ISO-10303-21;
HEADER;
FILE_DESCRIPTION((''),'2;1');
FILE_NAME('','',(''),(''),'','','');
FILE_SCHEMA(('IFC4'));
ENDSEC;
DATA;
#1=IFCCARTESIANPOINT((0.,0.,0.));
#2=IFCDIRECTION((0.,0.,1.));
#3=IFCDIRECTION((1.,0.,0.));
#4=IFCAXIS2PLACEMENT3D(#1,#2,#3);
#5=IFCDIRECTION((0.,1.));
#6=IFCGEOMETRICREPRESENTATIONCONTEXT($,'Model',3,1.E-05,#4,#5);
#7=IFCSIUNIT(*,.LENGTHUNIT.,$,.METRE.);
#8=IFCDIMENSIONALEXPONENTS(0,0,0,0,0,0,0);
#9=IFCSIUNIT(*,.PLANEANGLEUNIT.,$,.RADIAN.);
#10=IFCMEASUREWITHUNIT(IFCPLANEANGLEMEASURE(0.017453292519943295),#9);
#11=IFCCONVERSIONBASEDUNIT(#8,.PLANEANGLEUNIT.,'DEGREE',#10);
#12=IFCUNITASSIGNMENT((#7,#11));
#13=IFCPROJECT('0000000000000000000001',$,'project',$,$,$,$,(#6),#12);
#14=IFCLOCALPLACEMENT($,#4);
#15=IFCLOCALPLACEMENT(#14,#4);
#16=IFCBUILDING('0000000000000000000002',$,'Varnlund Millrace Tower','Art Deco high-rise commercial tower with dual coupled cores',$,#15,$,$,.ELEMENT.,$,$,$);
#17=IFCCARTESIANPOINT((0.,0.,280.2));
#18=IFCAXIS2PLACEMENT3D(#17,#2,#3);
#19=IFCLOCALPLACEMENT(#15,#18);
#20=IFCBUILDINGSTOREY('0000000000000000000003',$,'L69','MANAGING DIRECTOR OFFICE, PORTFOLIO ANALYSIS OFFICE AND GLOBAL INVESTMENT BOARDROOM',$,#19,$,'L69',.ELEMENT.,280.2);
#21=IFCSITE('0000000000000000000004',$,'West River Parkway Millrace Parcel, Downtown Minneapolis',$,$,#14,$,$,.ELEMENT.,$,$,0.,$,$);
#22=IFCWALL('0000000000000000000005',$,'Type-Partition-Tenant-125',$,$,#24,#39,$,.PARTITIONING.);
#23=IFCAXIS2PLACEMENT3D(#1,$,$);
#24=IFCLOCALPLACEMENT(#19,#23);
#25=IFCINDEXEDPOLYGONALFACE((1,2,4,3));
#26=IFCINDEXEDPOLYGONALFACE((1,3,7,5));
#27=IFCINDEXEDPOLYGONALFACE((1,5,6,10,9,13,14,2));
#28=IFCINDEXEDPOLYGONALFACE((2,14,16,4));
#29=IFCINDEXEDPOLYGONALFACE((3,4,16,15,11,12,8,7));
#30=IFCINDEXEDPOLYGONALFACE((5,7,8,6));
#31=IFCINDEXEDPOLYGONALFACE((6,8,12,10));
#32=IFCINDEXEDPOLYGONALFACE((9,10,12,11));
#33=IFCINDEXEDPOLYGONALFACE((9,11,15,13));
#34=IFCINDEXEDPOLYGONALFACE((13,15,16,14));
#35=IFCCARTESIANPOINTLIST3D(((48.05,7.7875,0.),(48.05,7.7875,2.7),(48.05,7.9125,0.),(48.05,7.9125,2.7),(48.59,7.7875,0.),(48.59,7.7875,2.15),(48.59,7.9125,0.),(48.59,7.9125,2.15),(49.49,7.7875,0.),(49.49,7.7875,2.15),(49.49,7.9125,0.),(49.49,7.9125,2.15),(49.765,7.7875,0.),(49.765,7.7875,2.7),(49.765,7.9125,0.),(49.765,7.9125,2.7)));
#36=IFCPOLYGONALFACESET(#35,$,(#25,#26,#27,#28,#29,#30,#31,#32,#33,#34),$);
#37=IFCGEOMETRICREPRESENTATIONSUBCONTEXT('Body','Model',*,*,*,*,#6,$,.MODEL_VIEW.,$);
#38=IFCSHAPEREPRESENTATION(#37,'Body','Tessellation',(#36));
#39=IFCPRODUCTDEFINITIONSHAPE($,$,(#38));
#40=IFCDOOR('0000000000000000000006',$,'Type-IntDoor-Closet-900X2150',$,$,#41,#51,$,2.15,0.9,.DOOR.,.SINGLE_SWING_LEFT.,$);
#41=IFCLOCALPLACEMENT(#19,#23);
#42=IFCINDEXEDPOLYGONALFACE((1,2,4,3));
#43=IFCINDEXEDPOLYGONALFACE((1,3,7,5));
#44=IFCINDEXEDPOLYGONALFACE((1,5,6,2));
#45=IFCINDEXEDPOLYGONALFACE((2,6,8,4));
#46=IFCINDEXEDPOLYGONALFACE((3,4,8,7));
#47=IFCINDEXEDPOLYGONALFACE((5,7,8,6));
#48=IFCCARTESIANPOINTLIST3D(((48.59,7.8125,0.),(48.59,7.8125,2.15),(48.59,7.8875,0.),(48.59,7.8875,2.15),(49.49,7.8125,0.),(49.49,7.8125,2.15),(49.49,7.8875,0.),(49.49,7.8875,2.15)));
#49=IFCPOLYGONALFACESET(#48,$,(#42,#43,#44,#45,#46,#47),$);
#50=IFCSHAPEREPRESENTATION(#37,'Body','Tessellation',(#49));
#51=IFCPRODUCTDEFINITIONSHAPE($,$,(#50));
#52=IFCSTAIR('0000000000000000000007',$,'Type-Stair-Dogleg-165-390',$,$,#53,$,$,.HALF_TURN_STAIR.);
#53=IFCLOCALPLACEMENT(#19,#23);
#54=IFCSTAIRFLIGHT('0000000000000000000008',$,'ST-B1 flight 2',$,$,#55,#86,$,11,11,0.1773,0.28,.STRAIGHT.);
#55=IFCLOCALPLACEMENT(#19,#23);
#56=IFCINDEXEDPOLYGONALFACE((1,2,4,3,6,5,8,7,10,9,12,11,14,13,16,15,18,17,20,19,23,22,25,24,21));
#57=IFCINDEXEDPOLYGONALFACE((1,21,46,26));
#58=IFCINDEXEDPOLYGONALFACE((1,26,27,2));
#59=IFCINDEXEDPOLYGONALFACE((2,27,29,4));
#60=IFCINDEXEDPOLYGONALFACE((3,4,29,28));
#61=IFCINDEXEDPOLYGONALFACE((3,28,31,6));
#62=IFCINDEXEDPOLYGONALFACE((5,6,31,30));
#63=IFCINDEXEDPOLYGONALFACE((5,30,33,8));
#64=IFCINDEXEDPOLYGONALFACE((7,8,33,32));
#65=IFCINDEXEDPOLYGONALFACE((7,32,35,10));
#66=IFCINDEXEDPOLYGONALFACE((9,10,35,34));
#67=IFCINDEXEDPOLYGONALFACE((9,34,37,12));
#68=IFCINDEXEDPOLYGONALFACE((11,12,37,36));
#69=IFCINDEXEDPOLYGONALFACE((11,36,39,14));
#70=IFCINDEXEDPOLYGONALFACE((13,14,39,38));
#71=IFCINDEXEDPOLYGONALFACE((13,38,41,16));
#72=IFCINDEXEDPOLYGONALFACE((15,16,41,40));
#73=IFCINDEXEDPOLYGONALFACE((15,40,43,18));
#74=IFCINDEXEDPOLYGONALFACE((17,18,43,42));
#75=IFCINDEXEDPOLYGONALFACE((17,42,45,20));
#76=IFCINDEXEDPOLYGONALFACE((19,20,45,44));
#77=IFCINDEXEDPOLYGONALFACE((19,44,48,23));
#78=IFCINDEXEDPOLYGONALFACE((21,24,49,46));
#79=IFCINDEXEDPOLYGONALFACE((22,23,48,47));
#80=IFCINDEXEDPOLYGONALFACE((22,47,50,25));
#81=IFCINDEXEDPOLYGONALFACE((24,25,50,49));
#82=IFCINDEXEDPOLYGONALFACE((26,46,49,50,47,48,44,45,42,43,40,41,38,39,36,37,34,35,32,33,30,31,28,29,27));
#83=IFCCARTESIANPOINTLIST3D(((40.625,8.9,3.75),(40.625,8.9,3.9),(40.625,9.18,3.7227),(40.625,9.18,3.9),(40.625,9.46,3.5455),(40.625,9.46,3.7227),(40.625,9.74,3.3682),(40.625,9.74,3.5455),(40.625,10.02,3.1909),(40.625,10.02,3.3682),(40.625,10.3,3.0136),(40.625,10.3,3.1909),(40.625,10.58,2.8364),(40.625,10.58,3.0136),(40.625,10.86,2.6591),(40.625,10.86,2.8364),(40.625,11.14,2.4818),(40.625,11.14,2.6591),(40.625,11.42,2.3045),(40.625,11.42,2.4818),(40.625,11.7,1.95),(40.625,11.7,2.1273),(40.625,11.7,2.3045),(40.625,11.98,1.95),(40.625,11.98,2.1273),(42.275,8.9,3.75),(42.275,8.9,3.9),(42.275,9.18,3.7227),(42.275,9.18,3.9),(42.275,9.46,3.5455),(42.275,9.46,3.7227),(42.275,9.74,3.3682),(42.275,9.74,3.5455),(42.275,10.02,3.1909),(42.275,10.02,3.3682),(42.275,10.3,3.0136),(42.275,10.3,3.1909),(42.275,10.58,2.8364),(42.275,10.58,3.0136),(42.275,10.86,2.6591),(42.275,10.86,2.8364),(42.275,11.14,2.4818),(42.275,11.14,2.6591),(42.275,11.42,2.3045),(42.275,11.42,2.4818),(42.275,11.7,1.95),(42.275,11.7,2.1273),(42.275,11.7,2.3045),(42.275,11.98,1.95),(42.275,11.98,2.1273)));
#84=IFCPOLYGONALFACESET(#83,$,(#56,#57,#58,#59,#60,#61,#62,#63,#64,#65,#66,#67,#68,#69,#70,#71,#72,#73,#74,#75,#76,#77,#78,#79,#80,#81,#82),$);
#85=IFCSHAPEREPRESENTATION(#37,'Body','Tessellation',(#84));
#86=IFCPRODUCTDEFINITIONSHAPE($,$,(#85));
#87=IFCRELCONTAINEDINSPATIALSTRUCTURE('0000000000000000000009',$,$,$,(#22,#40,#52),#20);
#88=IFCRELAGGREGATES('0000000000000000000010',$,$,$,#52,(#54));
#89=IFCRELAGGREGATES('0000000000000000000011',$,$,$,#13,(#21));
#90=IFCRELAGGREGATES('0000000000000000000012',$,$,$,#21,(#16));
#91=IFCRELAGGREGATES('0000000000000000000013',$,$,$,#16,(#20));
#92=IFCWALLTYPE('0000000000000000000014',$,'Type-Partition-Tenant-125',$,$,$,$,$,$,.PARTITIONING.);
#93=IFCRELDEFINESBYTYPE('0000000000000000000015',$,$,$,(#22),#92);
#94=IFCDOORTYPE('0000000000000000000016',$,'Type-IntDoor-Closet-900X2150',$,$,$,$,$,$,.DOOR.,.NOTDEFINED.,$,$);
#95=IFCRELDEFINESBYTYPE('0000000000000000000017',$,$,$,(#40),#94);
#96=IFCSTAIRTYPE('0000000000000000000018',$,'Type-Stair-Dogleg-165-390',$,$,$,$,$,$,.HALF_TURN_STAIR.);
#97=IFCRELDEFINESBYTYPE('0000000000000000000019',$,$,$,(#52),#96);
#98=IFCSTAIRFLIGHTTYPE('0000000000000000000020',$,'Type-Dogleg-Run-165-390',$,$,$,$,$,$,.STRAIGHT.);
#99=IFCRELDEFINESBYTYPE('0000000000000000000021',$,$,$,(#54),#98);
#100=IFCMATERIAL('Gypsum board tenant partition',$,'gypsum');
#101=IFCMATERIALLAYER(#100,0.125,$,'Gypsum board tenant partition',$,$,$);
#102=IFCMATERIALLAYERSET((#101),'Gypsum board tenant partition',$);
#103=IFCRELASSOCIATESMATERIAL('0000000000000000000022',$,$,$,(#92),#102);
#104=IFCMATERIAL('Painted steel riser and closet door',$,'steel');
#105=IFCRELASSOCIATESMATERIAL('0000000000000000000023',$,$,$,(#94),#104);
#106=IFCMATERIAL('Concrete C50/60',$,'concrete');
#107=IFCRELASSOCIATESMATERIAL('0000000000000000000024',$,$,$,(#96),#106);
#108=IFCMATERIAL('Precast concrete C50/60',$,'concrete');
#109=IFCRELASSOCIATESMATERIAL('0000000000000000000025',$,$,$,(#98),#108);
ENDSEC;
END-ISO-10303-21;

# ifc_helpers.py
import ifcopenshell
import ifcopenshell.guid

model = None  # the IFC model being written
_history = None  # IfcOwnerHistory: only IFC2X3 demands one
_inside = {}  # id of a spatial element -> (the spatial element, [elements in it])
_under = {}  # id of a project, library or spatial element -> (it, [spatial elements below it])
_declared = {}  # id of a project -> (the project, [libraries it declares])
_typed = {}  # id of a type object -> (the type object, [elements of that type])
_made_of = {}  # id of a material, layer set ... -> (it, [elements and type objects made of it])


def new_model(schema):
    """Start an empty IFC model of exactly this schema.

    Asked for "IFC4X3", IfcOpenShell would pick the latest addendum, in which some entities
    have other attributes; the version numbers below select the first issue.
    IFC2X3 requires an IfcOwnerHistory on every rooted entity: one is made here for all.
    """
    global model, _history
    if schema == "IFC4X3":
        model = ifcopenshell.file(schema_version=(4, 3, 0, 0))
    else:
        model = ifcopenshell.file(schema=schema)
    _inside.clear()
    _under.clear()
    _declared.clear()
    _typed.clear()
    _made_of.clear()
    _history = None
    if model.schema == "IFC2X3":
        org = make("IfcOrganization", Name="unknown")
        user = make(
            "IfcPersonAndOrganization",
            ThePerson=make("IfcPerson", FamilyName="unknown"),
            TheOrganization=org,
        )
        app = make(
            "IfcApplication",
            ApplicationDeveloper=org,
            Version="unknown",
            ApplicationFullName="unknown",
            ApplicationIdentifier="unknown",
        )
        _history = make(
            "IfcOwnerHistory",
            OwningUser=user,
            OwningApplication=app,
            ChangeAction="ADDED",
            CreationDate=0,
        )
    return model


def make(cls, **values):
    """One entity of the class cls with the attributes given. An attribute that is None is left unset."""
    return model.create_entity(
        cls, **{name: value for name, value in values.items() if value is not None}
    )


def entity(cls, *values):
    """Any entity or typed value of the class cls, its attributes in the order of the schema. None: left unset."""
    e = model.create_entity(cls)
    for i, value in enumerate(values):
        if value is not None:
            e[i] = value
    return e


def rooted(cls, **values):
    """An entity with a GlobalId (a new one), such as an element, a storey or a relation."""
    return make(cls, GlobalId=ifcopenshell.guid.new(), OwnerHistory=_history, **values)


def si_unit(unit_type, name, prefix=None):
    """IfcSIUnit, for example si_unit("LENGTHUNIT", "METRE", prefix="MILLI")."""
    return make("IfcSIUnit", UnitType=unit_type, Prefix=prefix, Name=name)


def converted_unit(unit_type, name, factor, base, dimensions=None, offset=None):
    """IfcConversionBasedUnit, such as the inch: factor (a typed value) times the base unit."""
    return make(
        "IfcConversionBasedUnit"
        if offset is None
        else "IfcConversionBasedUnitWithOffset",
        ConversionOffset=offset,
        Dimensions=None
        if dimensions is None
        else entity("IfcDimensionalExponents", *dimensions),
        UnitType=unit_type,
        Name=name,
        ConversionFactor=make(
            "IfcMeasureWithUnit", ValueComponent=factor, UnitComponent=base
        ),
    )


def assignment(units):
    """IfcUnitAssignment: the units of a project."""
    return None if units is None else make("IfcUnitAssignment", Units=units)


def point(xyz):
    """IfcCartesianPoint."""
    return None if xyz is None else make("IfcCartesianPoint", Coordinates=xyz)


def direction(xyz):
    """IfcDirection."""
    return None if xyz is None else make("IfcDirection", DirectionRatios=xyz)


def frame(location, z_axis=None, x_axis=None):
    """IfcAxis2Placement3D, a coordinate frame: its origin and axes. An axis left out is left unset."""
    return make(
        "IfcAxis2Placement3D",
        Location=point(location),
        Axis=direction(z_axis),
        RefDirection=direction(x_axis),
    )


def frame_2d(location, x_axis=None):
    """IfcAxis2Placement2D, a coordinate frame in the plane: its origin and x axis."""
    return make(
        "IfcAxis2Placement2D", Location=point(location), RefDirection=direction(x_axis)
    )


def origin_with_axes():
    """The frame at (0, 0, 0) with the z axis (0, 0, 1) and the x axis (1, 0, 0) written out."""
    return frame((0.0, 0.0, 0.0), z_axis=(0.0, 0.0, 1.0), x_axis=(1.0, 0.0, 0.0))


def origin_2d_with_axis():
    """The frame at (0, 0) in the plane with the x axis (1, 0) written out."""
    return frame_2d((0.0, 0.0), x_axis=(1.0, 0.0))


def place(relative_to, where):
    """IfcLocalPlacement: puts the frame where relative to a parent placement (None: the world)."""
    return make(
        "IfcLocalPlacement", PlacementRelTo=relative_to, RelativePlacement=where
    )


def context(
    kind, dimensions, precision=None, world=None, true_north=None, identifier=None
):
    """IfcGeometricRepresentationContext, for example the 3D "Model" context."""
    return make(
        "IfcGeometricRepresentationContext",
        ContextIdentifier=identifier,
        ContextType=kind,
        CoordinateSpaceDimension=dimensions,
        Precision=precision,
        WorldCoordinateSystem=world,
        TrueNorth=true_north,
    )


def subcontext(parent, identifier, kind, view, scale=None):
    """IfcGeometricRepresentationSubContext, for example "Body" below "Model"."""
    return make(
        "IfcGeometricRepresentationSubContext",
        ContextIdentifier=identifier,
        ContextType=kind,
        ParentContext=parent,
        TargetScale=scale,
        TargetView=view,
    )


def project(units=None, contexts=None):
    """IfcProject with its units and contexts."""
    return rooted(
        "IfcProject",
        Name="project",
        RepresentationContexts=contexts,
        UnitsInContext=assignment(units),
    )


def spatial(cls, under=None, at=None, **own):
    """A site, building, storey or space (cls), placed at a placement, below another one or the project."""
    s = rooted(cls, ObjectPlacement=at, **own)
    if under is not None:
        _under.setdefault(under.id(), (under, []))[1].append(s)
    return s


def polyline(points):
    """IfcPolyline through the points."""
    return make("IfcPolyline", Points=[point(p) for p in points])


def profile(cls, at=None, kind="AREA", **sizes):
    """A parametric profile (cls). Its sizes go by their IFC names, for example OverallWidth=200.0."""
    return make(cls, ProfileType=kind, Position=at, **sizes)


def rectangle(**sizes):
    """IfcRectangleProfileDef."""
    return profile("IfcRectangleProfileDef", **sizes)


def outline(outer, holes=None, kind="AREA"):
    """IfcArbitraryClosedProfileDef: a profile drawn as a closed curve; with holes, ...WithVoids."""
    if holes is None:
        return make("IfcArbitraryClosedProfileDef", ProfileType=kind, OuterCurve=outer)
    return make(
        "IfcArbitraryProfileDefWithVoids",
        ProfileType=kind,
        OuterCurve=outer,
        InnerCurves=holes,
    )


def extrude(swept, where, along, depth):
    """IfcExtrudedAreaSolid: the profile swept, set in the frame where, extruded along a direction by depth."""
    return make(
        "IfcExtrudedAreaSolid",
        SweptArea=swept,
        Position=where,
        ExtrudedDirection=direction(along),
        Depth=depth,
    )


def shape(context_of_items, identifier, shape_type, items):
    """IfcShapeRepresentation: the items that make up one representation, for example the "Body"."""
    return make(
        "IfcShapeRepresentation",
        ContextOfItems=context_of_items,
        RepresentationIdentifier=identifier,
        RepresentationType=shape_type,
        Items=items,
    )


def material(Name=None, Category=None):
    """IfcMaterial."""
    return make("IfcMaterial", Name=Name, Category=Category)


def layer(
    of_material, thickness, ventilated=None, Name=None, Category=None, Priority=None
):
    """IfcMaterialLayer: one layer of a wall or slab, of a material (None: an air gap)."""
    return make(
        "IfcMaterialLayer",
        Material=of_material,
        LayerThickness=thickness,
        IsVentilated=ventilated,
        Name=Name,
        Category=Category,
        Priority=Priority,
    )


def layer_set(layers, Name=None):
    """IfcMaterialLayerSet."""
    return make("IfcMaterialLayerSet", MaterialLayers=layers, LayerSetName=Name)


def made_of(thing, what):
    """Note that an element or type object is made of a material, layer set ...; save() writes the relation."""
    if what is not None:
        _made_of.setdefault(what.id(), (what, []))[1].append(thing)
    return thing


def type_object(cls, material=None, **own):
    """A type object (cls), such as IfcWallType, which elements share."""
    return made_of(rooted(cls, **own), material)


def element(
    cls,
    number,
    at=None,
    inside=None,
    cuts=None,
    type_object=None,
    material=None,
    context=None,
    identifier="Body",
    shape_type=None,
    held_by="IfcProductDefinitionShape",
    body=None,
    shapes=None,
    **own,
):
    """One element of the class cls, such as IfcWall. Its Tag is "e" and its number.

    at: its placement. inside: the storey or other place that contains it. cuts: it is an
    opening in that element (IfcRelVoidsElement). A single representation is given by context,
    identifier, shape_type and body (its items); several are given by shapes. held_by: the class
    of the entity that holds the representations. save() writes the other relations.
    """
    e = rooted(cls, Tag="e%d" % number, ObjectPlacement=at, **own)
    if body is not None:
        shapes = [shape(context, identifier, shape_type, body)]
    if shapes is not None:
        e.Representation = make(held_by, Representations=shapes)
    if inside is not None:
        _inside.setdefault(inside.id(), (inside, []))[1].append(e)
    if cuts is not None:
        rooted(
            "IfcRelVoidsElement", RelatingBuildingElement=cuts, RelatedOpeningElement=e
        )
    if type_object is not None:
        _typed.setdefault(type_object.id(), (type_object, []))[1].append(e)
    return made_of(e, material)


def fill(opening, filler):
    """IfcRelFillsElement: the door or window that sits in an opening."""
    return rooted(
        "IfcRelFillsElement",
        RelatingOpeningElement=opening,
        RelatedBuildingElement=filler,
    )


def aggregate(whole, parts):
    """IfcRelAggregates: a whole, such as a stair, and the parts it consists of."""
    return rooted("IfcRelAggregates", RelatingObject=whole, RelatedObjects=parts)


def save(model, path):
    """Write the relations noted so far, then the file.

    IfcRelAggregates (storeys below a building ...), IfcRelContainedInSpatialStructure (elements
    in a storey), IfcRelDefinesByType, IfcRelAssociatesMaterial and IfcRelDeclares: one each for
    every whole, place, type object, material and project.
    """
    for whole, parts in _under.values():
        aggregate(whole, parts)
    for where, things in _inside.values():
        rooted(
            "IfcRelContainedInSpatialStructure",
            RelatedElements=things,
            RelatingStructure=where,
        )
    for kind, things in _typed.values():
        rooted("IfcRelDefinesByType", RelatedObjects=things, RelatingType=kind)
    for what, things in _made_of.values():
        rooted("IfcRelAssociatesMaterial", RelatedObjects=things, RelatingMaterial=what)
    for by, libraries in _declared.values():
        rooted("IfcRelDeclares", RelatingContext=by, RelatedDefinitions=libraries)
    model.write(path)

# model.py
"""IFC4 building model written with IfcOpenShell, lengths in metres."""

from ifc_helpers import new_model, entity, si_unit, converted_unit, direction, frame, origin_with_axes, origin_2d_with_axis, place, context, subcontext, project, spatial, polyline, rectangle, outline, extrude, material, layer, layer_set, type_object, element, fill, aggregate, save


model = new_model("IFC4")

# Units and contexts
model_context = context("Model", 3, precision=1e-05, world=origin_with_axes(), true_north=direction((0.0, 1.0)))
body_context = subcontext(model_context, "Body", "Model", "MODEL_VIEW")
ifc_project = project(units=[si_unit("LENGTHUNIT", "METRE"), converted_unit("PLANEANGLEUNIT", "DEGREE", entity("IfcPlaneAngleMeasure", 0.017453292519943295), si_unit("PLANEANGLEUNIT", "RADIAN"), dimensions=[0, 0, 0, 0, 0, 0, 0])], contexts=[model_context])

# Site, building, storey
site_placement = place(None, origin_with_axes())
site = spatial("IfcSite", under=ifc_project, at=site_placement, Name="West River Parkway Millrace Parcel, Downtown Minneapolis", CompositionType="ELEMENT", RefElevation=0.0)
building_placement = place(site_placement, origin_with_axes())
building = spatial("IfcBuilding", under=site, at=building_placement, Name="Varnlund Millrace Tower", Description="Art Deco high-rise commercial tower with dual coupled cores", CompositionType="ELEMENT")
storey_placement = place(building_placement, frame((0.0, 0.0, 280.2), z_axis=(0.0, 0.0, 1.0), x_axis=(1.0, 0.0, 0.0)))
storey = spatial("IfcBuildingStorey", under=building, at=storey_placement, Name="L69", Description="MANAGING DIRECTOR OFFICE, PORTFOLIO ANALYSIS OFFICE AND GLOBAL INVESTMENT BOARDROOM", LongName="L69", CompositionType="ELEMENT", Elevation=280.2)

# Shared definitions
ifc_material_1 = material(Name="Precast concrete C50/60", Category="concrete")

# Wall, opening, door
ifc_material_2 = material(Name="Gypsum board tenant partition", Category="gypsum")
ifc_layer_1 = layer(ifc_material_2, 0.125, Name="Gypsum board tenant partition")
ifc_layer_set_1 = layer_set([ifc_layer_1], Name="Gypsum board tenant partition")
wall_type_1 = type_object("IfcWallType", Name="Type-Partition-Tenant-125", PredefinedType="PARTITIONING", material=ifc_layer_set_1)
wall_1_placement = place(storey_placement, frame((49.765, 7.85, 0.0), z_axis=(0.0, 0.0, 1.0), x_axis=(-1.0, 0.0, 0.0)))
wall_1 = element("IfcWall", 1, at=wall_1_placement, inside=storey, type_object=wall_type_1, Name="Type-Partition-Tenant-125", PredefinedType="PARTITIONING", context=body_context, shape_type="SweptSolid", body=[
    extrude(outline(polyline([(0.0, -0.0625), (1.715, -0.0625), (1.715, 0.0625), (0.0, 0.0625), (0.0, -0.0625)])), origin_with_axes(), (0.0, 0.0, 1.0), 2.7),
])
opening_1_placement = place(wall_1_placement, frame((0.725, 0.0, 0.0), z_axis=(0.0, 0.0, 1.0), x_axis=(1.0, 0.0, 0.0)))
opening_1 = element("IfcOpeningElement", 2, at=opening_1_placement, cuts=wall_1, PredefinedType="OPENING", context=body_context, shape_type="SweptSolid", body=[
    extrude(rectangle(XDim=0.9, YDim=0.145, at=origin_2d_with_axis()), origin_with_axes(), (0.0, 0.0, 1.0), 2.15),
])
ifc_material_3 = material(Name="Painted steel riser and closet door", Category="steel")
door_type = type_object("IfcDoorType", Name="Type-IntDoor-Closet-900X2150", OperationType="NOTDEFINED", PredefinedType="DOOR", material=ifc_material_3)
door_placement = place(wall_1_placement, frame((0.725, 0.0, 0.0), z_axis=(0.0, 0.0, 1.0), x_axis=(1.0, 0.0, 0.0)))
door = element("IfcDoor", 3, at=door_placement, inside=storey, type_object=door_type, Name="Type-IntDoor-Closet-900X2150", OperationType="SINGLE_SWING_LEFT", OverallHeight=2.15, OverallWidth=0.9, PredefinedType="DOOR", context=body_context, shape_type="SweptSolid", body=[
    extrude(rectangle(XDim=0.9, YDim=0.075, at=origin_2d_with_axis()), origin_with_axes(), (0.0, 0.0, 1.0), 2.15),
])
fill(opening_1, door)

# Stair, stair flight
ifc_material_4 = material(Name="Concrete C50/60", Category="concrete")
stair_type = type_object("IfcStairType", Name="Type-Stair-Dogleg-165-390", PredefinedType="HALF_TURN_STAIR", material=ifc_material_4)
stair_placement = place(storey_placement, origin_with_axes())
stair = element("IfcStair", 4, at=stair_placement, inside=storey, type_object=stair_type, Name="Type-Stair-Dogleg-165-390", PredefinedType="HALF_TURN_STAIR")
stair_flight_type = type_object("IfcStairFlightType", Name="Type-Dogleg-Run-165-390", PredefinedType="STRAIGHT", material=ifc_material_1)
stair_flight_placement = place(storey_placement, frame((42.275, 11.98, 1.95), z_axis=(-1.0, 0.0, 0.0), x_axis=(0.0, -1.0, 0.0)))
stair_flight = element("IfcStairFlight", 5, at=stair_flight_placement, type_object=stair_flight_type, Name="ST-B1 flight 2", NumberOfRisers=11, NumberOfTreads=11, PredefinedType="STRAIGHT", RiserHeight=0.1773, TreadLength=0.28, context=body_context, shape_type="SweptSolid", body=[
    extrude(outline(polyline([(0.0, 0.0), (0.0, 0.1773), (0.28, 0.1773), (0.28, 0.3545), (0.56, 0.3545), (0.56, 0.5318), (0.84, 0.5318), (0.84, 0.7091), (1.12, 0.7091), (1.12, 0.8864), (1.4, 0.8864), (1.4, 1.0636), (1.68, 1.0636), (1.68, 1.2409), (1.96, 1.2409), (1.96, 1.4182), (2.24, 1.4182), (2.24, 1.5955), (2.52, 1.5955), (2.52, 1.7727), (2.8, 1.7727), (2.8, 1.95), (3.08, 1.95), (3.08, 1.8), (0.28, 0.0), (0.0, 0.0)])), origin_with_axes(), (0.0, 0.0, 1.0), 1.65),
])
aggregate(stair, [stair_flight])

save(model, "model.ifc")
